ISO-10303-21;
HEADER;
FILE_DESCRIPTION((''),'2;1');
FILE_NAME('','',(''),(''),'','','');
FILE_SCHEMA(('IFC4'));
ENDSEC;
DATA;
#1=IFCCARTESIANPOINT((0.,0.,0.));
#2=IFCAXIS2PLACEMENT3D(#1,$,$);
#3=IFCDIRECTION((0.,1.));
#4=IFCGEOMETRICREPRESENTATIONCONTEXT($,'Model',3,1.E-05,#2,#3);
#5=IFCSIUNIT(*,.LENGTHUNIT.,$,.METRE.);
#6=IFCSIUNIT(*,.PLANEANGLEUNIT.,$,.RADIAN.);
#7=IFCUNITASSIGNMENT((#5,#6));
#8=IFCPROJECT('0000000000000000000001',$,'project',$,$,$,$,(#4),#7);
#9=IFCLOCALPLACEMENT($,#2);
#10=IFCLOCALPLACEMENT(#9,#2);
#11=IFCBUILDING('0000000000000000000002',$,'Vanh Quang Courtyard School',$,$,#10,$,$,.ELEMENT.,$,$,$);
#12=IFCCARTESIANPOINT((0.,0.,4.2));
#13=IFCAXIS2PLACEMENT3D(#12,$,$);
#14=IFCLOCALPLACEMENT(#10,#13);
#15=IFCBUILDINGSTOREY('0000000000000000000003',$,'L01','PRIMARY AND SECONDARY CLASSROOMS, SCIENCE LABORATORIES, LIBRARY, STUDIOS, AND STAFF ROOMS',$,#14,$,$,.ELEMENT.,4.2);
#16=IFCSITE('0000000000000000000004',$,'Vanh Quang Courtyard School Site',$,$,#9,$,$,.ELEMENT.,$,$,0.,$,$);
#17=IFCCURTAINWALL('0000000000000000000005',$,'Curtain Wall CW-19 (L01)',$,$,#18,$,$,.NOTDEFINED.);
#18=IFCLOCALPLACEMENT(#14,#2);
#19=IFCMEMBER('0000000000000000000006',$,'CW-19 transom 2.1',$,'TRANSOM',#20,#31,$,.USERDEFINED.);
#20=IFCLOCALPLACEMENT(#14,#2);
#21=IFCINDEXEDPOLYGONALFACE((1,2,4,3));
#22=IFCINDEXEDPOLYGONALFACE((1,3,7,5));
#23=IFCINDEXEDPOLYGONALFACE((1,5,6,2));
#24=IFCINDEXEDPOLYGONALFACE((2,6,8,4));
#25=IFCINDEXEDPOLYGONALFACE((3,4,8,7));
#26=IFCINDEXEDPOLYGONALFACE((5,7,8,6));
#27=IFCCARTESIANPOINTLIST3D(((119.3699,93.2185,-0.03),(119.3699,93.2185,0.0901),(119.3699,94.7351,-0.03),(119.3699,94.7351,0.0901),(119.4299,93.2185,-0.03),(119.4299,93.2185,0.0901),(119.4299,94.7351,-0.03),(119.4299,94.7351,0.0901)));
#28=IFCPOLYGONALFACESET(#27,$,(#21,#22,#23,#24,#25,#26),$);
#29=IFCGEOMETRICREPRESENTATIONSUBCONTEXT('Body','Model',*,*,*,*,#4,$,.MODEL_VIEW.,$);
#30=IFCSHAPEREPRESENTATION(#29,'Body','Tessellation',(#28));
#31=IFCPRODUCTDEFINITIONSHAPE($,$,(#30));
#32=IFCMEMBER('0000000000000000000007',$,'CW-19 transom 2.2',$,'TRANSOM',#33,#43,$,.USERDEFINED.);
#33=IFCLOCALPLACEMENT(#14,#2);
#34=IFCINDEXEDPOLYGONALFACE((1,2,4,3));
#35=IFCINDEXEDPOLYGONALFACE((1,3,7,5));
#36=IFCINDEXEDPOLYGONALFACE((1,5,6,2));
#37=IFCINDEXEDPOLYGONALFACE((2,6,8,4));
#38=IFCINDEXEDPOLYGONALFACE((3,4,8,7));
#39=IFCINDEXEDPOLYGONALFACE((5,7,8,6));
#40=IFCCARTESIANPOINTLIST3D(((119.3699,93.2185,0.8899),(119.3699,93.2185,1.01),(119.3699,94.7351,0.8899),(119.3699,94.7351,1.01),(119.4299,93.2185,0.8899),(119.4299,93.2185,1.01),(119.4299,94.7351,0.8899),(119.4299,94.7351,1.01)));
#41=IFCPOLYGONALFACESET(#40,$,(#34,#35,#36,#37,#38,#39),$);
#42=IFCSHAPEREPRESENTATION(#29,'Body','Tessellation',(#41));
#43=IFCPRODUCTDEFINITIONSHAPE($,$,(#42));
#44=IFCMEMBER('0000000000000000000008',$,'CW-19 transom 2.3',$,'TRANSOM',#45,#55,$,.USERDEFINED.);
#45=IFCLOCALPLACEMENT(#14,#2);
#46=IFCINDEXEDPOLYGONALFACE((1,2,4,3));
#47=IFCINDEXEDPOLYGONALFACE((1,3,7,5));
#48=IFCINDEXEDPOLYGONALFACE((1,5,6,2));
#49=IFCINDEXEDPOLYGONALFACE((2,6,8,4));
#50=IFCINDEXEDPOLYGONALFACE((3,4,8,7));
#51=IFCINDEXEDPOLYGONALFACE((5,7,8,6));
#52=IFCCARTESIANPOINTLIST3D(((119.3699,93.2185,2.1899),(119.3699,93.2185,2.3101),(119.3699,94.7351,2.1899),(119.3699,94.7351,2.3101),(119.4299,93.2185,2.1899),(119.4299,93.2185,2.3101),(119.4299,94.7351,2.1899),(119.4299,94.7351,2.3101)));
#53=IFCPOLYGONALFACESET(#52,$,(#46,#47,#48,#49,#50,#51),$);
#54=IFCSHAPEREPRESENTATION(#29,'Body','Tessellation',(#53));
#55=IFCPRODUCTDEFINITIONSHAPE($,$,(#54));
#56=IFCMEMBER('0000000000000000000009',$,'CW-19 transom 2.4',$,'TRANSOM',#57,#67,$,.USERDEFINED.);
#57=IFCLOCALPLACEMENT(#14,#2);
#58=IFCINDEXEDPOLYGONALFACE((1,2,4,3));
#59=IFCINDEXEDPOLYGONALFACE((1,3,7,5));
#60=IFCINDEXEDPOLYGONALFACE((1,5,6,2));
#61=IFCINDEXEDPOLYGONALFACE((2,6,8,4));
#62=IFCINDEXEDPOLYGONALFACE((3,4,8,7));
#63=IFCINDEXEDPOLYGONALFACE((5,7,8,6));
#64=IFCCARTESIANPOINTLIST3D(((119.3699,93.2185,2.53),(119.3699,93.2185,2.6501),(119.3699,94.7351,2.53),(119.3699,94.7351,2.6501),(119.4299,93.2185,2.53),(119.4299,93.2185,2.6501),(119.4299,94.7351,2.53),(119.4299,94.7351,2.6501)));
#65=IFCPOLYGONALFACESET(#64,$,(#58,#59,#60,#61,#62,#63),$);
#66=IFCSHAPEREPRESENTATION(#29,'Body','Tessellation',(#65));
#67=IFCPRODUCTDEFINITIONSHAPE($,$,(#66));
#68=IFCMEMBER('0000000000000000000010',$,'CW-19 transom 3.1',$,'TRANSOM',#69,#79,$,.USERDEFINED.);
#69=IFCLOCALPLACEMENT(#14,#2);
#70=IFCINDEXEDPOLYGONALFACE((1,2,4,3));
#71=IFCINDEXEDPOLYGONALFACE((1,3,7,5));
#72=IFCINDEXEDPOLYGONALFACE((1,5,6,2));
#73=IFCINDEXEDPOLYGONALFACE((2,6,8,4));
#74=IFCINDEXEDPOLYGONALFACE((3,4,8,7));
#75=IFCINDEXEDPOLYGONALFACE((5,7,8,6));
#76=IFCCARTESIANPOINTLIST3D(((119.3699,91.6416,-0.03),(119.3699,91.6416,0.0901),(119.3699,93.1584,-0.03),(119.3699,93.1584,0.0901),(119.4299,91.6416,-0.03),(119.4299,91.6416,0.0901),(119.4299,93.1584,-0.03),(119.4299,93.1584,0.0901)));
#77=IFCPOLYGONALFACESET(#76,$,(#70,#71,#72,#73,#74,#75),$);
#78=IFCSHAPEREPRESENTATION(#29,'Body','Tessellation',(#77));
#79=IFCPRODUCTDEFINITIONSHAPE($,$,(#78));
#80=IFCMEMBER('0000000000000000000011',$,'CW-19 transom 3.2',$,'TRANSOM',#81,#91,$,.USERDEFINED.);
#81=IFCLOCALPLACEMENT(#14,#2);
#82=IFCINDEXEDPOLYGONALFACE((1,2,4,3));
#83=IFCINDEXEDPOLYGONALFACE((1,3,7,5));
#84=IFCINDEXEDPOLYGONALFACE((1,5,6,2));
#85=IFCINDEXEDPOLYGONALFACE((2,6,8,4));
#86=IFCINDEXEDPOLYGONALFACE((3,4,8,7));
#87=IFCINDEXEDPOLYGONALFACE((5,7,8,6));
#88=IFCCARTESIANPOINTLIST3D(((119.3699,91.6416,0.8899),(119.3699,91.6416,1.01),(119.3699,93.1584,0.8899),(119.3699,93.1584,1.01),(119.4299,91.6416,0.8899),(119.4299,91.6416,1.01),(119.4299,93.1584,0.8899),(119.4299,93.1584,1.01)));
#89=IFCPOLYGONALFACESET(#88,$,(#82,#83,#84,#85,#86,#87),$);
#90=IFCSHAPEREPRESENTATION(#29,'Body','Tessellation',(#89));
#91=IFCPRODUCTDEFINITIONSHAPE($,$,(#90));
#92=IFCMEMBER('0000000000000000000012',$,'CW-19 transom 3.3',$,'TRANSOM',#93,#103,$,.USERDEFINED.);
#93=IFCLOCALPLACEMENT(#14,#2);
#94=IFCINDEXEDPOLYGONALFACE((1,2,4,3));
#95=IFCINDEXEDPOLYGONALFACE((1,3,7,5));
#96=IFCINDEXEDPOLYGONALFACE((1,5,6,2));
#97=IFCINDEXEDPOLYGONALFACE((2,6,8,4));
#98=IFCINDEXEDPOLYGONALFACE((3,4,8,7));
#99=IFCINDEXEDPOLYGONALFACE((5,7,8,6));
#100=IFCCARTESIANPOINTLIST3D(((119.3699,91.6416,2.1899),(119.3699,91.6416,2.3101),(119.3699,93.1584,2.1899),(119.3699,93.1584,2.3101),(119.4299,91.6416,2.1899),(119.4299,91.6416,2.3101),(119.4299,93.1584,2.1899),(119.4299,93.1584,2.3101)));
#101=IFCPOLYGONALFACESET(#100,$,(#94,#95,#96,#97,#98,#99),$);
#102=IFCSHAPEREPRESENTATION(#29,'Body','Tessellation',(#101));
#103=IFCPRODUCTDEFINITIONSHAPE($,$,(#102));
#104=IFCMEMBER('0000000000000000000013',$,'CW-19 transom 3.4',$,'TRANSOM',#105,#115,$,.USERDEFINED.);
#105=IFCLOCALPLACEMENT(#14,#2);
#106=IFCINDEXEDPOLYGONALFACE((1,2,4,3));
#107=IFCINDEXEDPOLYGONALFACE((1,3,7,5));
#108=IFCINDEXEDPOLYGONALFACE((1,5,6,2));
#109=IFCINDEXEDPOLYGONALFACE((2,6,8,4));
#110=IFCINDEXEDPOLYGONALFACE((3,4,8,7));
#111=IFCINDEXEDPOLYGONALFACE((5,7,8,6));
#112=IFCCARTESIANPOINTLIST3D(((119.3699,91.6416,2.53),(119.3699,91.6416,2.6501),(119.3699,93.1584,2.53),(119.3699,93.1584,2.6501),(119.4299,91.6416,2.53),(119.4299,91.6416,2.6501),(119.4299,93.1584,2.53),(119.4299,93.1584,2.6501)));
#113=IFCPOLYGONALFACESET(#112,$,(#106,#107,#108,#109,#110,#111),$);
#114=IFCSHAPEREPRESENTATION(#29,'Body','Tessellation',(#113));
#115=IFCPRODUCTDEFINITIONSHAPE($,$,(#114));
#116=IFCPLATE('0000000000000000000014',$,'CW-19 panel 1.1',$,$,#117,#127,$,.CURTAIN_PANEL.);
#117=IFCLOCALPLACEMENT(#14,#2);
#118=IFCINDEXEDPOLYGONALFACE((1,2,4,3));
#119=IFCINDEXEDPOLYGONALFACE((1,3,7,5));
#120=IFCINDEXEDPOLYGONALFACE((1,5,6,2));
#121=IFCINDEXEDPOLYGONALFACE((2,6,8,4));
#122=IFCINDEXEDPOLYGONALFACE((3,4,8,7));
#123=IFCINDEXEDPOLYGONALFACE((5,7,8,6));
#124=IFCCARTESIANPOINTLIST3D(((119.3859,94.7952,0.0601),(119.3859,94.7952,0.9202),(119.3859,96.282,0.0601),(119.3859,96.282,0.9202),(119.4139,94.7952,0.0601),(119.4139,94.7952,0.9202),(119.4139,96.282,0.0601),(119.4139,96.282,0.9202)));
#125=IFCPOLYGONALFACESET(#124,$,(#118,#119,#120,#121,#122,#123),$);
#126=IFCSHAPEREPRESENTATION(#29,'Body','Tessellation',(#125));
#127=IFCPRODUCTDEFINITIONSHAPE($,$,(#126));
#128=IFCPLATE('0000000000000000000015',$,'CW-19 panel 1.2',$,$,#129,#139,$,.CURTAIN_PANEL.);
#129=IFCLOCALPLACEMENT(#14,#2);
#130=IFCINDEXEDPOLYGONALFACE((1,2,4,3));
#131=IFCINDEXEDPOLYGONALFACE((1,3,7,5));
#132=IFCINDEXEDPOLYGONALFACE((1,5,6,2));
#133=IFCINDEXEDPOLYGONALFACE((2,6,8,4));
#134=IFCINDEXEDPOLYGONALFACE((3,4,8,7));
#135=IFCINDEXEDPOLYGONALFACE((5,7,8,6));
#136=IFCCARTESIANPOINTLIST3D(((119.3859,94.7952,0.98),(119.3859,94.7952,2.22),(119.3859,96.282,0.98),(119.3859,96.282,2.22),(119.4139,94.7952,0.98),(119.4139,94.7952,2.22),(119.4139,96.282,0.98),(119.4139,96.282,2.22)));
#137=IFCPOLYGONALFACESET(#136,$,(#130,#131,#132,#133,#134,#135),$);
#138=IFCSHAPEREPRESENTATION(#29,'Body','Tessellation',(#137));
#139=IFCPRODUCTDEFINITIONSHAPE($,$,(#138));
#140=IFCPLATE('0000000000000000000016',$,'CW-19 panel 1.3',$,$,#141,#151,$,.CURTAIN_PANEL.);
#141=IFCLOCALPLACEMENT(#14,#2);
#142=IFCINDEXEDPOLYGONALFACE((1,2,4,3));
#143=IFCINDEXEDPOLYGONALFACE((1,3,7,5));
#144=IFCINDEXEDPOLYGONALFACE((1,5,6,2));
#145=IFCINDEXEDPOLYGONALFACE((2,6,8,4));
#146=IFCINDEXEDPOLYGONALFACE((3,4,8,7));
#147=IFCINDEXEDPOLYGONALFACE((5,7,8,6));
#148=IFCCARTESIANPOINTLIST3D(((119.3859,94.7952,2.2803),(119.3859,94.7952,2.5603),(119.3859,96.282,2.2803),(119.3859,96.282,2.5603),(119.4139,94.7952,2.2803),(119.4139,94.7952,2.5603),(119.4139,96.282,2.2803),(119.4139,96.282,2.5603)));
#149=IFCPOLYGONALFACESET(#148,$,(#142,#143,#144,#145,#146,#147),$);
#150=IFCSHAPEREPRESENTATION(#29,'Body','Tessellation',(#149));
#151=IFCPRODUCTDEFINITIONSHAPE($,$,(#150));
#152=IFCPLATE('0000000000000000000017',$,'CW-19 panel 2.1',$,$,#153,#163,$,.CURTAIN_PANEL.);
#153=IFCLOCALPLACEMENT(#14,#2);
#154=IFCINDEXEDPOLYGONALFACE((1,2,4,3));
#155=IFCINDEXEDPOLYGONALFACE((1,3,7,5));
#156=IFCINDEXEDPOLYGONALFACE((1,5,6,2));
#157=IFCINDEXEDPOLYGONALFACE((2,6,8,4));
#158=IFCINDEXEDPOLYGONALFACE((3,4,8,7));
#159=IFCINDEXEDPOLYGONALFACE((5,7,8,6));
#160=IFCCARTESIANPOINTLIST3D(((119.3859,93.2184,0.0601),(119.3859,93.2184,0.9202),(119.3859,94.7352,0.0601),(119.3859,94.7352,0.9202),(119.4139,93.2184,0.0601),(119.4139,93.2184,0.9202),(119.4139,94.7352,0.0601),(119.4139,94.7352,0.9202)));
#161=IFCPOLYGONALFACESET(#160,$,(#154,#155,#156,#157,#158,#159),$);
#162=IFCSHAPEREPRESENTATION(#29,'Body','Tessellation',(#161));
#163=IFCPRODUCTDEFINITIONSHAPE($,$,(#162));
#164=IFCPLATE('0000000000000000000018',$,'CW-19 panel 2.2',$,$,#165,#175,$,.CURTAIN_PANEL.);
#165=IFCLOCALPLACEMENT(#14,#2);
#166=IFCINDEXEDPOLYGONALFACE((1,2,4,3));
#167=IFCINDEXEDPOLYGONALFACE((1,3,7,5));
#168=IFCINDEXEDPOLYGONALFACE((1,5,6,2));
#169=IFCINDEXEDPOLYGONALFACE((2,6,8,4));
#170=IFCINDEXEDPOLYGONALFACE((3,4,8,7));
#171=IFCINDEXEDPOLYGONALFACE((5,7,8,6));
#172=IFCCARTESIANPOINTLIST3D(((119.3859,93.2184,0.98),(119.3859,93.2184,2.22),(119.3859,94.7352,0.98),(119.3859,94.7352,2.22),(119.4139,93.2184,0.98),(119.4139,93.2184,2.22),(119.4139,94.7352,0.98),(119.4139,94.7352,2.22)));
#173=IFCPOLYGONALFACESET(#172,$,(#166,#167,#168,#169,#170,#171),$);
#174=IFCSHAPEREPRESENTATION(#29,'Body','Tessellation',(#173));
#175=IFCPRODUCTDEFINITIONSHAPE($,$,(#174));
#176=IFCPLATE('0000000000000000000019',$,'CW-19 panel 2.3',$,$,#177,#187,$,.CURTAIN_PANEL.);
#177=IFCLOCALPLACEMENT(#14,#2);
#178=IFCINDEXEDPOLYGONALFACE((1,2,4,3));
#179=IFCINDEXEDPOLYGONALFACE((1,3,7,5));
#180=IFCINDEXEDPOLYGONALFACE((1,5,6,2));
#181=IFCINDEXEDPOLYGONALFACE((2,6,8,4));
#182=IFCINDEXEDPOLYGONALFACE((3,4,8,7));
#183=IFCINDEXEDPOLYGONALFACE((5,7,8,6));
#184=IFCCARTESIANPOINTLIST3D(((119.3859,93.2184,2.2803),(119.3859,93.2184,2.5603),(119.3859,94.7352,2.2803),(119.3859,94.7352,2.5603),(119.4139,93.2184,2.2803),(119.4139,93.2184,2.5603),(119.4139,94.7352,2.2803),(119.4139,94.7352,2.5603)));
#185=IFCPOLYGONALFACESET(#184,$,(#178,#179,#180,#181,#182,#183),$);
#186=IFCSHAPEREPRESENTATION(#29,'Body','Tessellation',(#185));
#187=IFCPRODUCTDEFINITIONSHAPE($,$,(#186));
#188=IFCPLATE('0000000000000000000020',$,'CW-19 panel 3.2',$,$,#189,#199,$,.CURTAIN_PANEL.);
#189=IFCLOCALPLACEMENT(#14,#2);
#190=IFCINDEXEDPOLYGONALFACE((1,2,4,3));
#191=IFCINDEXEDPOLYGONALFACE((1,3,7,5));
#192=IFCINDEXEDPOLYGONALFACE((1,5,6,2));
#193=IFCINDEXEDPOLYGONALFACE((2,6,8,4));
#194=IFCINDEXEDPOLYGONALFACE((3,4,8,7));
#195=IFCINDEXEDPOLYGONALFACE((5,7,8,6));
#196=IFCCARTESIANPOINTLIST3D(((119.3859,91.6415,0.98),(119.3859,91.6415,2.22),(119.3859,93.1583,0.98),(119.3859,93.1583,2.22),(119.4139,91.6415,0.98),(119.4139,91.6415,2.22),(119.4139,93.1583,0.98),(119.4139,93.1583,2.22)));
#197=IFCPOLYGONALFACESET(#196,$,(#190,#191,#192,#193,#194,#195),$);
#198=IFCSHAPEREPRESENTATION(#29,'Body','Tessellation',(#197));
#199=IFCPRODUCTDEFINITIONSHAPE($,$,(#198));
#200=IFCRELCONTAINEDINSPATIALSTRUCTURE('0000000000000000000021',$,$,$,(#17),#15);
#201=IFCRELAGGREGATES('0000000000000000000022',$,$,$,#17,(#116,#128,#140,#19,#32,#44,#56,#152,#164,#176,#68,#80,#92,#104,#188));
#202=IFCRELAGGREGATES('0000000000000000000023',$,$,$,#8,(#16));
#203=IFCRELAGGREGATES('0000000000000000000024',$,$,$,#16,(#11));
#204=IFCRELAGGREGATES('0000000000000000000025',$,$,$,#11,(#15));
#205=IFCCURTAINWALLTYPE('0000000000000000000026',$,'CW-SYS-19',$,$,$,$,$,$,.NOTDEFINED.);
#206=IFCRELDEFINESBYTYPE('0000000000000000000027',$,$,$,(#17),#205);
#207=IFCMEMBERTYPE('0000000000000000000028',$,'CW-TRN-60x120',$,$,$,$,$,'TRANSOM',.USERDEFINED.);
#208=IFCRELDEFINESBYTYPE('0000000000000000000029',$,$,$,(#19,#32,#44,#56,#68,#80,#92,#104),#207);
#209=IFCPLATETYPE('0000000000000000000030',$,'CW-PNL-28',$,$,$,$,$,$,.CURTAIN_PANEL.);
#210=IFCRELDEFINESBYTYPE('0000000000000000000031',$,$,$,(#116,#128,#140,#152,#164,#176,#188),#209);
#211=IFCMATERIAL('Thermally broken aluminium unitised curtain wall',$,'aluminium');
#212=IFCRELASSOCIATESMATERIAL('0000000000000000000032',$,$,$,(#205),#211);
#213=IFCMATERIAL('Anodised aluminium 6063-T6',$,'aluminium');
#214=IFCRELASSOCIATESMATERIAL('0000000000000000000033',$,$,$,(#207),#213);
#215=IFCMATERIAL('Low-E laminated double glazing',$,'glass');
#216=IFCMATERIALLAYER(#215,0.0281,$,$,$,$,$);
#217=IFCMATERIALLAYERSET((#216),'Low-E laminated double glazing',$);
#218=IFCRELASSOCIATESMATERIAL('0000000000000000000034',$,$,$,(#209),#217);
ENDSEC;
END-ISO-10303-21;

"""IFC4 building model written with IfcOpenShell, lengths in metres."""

from ifc_helpers import new_model, si_unit, direction, frame, origin, origin_2d, place, context, subcontext, project, spatial, rectangle, extrude, material, layer, layer_set, material_profile, profile_set, type_object, element, aggregate, save


model = new_model("IFC4")

# Units and contexts
model_context = context("Model", 3, precision=1e-05, world=origin(), true_north=direction((0.0, 1.0)))
body_context = subcontext(model_context, "Body", "Model", "MODEL_VIEW")
ifc_project = project(units=[si_unit("LENGTHUNIT", "METRE"), si_unit("PLANEANGLEUNIT", "RADIAN")], contexts=[model_context])

# Site, building, storey
site_placement = place(None, origin())
site = spatial("IfcSite", under=ifc_project, at=site_placement, Name="Vanh Quang Courtyard School Site", CompositionType="ELEMENT", RefElevation=0.0)
building_placement = place(site_placement, origin())
building = spatial("IfcBuilding", under=site, at=building_placement, Name="Vanh Quang Courtyard School", CompositionType="ELEMENT")
storey_placement = place(building_placement, frame((0.0, 0.0, 4.2)))
storey = spatial("IfcBuildingStorey", under=building, at=storey_placement, Name="L01", Description="PRIMARY AND SECONDARY CLASSROOMS, SCIENCE LABORATORIES, LIBRARY, STUDIOS, AND STAFF ROOMS", CompositionType="ELEMENT", Elevation=4.2)

# Curtain wall, members, plates
ifc_material_1 = material(Name="Thermally broken aluminium unitised curtain wall", Category="aluminium")
curtain_wall_type = type_object("IfcCurtainWallType", Name="CW-SYS-19", PredefinedType="NOTDEFINED", material=ifc_material_1)
curtain_wall_placement = place(storey_placement, origin())
curtain_wall = element("IfcCurtainWall", 1, at=curtain_wall_placement, inside=storey, type_object=curtain_wall_type, Name="Curtain Wall CW-19 (L01)", PredefinedType="NOTDEFINED")
ifc_material_2 = material(Name="Anodised aluminium 6063-T6", Category="aluminium")
ifc_material_profile_1 = material_profile(ifc_material_2, rectangle(XDim=0.0601, YDim=0.1201, at=origin_2d()), Name="ALU-TRN 60x120")
ifc_profile_set_1 = profile_set([ifc_material_profile_1], Name="Anodised aluminium 6063-T6")
member_type_1 = type_object("IfcMemberType", Name="CW-TRN-60x120", ElementType="TRANSOM", PredefinedType="USERDEFINED", material=ifc_profile_set_1)
member_1_placement = place(storey_placement, frame((119.3999, 94.7351, 0.03), z_axis=(0.0, -1.0, 0.0), x_axis=(1.0, 0.0, 0.0)))
member_1 = element("IfcMember", 2, at=member_1_placement, type_object=member_type_1, Name="CW-19 transom 2.1", ObjectType="TRANSOM", PredefinedType="USERDEFINED", context=body_context, shape_type="SweptSolid", body=[
    extrude(rectangle(XDim=0.0601, YDim=0.1201, at=origin_2d()), origin(), (0.0, 0.0, 1.0), 1.5166),
])
member_2_placement = place(storey_placement, frame((119.3999, 94.7351, 0.95), z_axis=(0.0, -1.0, 0.0), x_axis=(1.0, 0.0, 0.0)))
member_2 = element("IfcMember", 3, at=member_2_placement, type_object=member_type_1, Name="CW-19 transom 2.2", ObjectType="TRANSOM", PredefinedType="USERDEFINED", context=body_context, shape_type="SweptSolid", body=[
    extrude(rectangle(XDim=0.0601, YDim=0.1201, at=origin_2d()), origin(), (0.0, 0.0, 1.0), 1.5166),
])
member_3_placement = place(storey_placement, frame((119.3999, 94.7351, 2.25), z_axis=(0.0, -1.0, 0.0), x_axis=(1.0, 0.0, 0.0)))
member_3 = element("IfcMember", 4, at=member_3_placement, type_object=member_type_1, Name="CW-19 transom 2.3", ObjectType="TRANSOM", PredefinedType="USERDEFINED", context=body_context, shape_type="SweptSolid", body=[
    extrude(rectangle(XDim=0.0601, YDim=0.1201, at=origin_2d()), origin(), (0.0, 0.0, 1.0), 1.5166),
])
member_4_placement = place(storey_placement, frame((119.3999, 94.7351, 2.5901), z_axis=(0.0, -1.0, 0.0), x_axis=(1.0, 0.0, 0.0)))
member_4 = element("IfcMember", 5, at=member_4_placement, type_object=member_type_1, Name="CW-19 transom 2.4", ObjectType="TRANSOM", PredefinedType="USERDEFINED", context=body_context, shape_type="SweptSolid", body=[
    extrude(rectangle(XDim=0.0601, YDim=0.1201, at=origin_2d()), origin(), (0.0, 0.0, 1.0), 1.5166),
])
member_5_placement = place(storey_placement, frame((119.3999, 93.1584, 0.03), z_axis=(0.0, -1.0, 0.0), x_axis=(1.0, 0.0, 0.0)))
member_5 = element("IfcMember", 6, at=member_5_placement, type_object=member_type_1, Name="CW-19 transom 3.1", ObjectType="TRANSOM", PredefinedType="USERDEFINED", context=body_context, shape_type="SweptSolid", body=[
    extrude(rectangle(XDim=0.0601, YDim=0.1201, at=origin_2d()), origin(), (0.0, 0.0, 1.0), 1.5168),
])
member_6_placement = place(storey_placement, frame((119.3999, 93.1584, 0.95), z_axis=(0.0, -1.0, 0.0), x_axis=(1.0, 0.0, 0.0)))
member_6 = element("IfcMember", 7, at=member_6_placement, type_object=member_type_1, Name="CW-19 transom 3.2", ObjectType="TRANSOM", PredefinedType="USERDEFINED", context=body_context, shape_type="SweptSolid", body=[
    extrude(rectangle(XDim=0.0601, YDim=0.1201, at=origin_2d()), origin(), (0.0, 0.0, 1.0), 1.5168),
])
member_7_placement = place(storey_placement, frame((119.3999, 93.1584, 2.25), z_axis=(0.0, -1.0, 0.0), x_axis=(1.0, 0.0, 0.0)))
member_7 = element("IfcMember", 8, at=member_7_placement, type_object=member_type_1, Name="CW-19 transom 3.3", ObjectType="TRANSOM", PredefinedType="USERDEFINED", context=body_context, shape_type="SweptSolid", body=[
    extrude(rectangle(XDim=0.0601, YDim=0.1201, at=origin_2d()), origin(), (0.0, 0.0, 1.0), 1.5168),
])
member_8_placement = place(storey_placement, frame((119.3999, 93.1584, 2.5901), z_axis=(0.0, -1.0, 0.0), x_axis=(1.0, 0.0, 0.0)))
member_8 = element("IfcMember", 9, at=member_8_placement, type_object=member_type_1, Name="CW-19 transom 3.4", ObjectType="TRANSOM", PredefinedType="USERDEFINED", context=body_context, shape_type="SweptSolid", body=[
    extrude(rectangle(XDim=0.0601, YDim=0.1201, at=origin_2d()), origin(), (0.0, 0.0, 1.0), 1.5168),
])
ifc_material_3 = material(Name="Low-E laminated double glazing", Category="glass")
ifc_layer_1 = layer(ifc_material_3, 0.0281)
ifc_layer_set_1 = layer_set([ifc_layer_1], Name="Low-E laminated double glazing")
plate_type = type_object("IfcPlateType", Name="CW-PNL-28", PredefinedType="CURTAIN_PANEL", material=ifc_layer_set_1)
plate_1_placement = place(storey_placement, frame((119.3999, 95.5386, 0.0601), z_axis=(0.0, 0.0, 1.0), x_axis=(0.0, -1.0, 0.0)))
plate_1 = element("IfcPlate", 10, at=plate_1_placement, type_object=plate_type, Name="CW-19 panel 1.1", PredefinedType="CURTAIN_PANEL", context=body_context, shape_type="SweptSolid", body=[
    extrude(rectangle(XDim=1.4868, YDim=0.0281, at=origin_2d()), origin(), (0.0, 0.0, 1.0), 0.8601),
])
plate_2_placement = place(storey_placement, frame((119.3999, 95.5386, 0.98), z_axis=(0.0, 0.0, 1.0), x_axis=(0.0, -1.0, 0.0)))
plate_2 = element("IfcPlate", 11, at=plate_2_placement, type_object=plate_type, Name="CW-19 panel 1.2", PredefinedType="CURTAIN_PANEL", context=body_context, shape_type="SweptSolid", body=[
    extrude(rectangle(XDim=1.4868, YDim=0.0281, at=origin_2d()), origin(), (0.0, 0.0, 1.0), 1.24),
])
plate_3_placement = place(storey_placement, frame((119.3999, 95.5386, 2.2803), z_axis=(0.0, 0.0, 1.0), x_axis=(0.0, -1.0, 0.0)))
plate_3 = element("IfcPlate", 12, at=plate_3_placement, type_object=plate_type, Name="CW-19 panel 1.3", PredefinedType="CURTAIN_PANEL", context=body_context, shape_type="SweptSolid", body=[
    extrude(rectangle(XDim=1.4868, YDim=0.0281, at=origin_2d()), origin(), (0.0, 0.0, 1.0), 0.28),
])
plate_4_placement = place(storey_placement, frame((119.3999, 93.9768, 0.0601), z_axis=(0.0, 0.0, 1.0), x_axis=(0.0, -1.0, 0.0)))
plate_4 = element("IfcPlate", 13, at=plate_4_placement, type_object=plate_type, Name="CW-19 panel 2.1", PredefinedType="CURTAIN_PANEL", context=body_context, shape_type="SweptSolid", body=[
    extrude(rectangle(XDim=1.5168, YDim=0.0281, at=origin_2d()), origin(), (0.0, 0.0, 1.0), 0.8601),
])
plate_5_placement = place(storey_placement, frame((119.3999, 93.9768, 0.98), z_axis=(0.0, 0.0, 1.0), x_axis=(0.0, -1.0, 0.0)))
plate_5 = element("IfcPlate", 14, at=plate_5_placement, type_object=plate_type, Name="CW-19 panel 2.2", PredefinedType="CURTAIN_PANEL", context=body_context, shape_type="SweptSolid", body=[
    extrude(rectangle(XDim=1.5168, YDim=0.0281, at=origin_2d()), origin(), (0.0, 0.0, 1.0), 1.24),
])
plate_6_placement = place(storey_placement, frame((119.3999, 93.9768, 2.2803), z_axis=(0.0, 0.0, 1.0), x_axis=(0.0, -1.0, 0.0)))
plate_6 = element("IfcPlate", 15, at=plate_6_placement, type_object=plate_type, Name="CW-19 panel 2.3", PredefinedType="CURTAIN_PANEL", context=body_context, shape_type="SweptSolid", body=[
    extrude(rectangle(XDim=1.5168, YDim=0.0281, at=origin_2d()), origin(), (0.0, 0.0, 1.0), 0.28),
])
plate_7_placement = place(storey_placement, frame((119.3999, 92.3999, 0.98), z_axis=(0.0, 0.0, 1.0), x_axis=(0.0, -1.0, 0.0)))
plate_7 = element("IfcPlate", 16, at=plate_7_placement, type_object=plate_type, Name="CW-19 panel 3.2", PredefinedType="CURTAIN_PANEL", context=body_context, shape_type="SweptSolid", body=[
    extrude(rectangle(XDim=1.5168, YDim=0.0281, at=origin_2d()), origin(), (0.0, 0.0, 1.0), 1.24),
])
aggregate(curtain_wall, [plate_1, plate_2, plate_3, member_1, member_2, member_3, member_4, plate_4, plate_5, plate_6, member_5, member_6, member_7, member_8, plate_7])

save(model, "model.ifc")
